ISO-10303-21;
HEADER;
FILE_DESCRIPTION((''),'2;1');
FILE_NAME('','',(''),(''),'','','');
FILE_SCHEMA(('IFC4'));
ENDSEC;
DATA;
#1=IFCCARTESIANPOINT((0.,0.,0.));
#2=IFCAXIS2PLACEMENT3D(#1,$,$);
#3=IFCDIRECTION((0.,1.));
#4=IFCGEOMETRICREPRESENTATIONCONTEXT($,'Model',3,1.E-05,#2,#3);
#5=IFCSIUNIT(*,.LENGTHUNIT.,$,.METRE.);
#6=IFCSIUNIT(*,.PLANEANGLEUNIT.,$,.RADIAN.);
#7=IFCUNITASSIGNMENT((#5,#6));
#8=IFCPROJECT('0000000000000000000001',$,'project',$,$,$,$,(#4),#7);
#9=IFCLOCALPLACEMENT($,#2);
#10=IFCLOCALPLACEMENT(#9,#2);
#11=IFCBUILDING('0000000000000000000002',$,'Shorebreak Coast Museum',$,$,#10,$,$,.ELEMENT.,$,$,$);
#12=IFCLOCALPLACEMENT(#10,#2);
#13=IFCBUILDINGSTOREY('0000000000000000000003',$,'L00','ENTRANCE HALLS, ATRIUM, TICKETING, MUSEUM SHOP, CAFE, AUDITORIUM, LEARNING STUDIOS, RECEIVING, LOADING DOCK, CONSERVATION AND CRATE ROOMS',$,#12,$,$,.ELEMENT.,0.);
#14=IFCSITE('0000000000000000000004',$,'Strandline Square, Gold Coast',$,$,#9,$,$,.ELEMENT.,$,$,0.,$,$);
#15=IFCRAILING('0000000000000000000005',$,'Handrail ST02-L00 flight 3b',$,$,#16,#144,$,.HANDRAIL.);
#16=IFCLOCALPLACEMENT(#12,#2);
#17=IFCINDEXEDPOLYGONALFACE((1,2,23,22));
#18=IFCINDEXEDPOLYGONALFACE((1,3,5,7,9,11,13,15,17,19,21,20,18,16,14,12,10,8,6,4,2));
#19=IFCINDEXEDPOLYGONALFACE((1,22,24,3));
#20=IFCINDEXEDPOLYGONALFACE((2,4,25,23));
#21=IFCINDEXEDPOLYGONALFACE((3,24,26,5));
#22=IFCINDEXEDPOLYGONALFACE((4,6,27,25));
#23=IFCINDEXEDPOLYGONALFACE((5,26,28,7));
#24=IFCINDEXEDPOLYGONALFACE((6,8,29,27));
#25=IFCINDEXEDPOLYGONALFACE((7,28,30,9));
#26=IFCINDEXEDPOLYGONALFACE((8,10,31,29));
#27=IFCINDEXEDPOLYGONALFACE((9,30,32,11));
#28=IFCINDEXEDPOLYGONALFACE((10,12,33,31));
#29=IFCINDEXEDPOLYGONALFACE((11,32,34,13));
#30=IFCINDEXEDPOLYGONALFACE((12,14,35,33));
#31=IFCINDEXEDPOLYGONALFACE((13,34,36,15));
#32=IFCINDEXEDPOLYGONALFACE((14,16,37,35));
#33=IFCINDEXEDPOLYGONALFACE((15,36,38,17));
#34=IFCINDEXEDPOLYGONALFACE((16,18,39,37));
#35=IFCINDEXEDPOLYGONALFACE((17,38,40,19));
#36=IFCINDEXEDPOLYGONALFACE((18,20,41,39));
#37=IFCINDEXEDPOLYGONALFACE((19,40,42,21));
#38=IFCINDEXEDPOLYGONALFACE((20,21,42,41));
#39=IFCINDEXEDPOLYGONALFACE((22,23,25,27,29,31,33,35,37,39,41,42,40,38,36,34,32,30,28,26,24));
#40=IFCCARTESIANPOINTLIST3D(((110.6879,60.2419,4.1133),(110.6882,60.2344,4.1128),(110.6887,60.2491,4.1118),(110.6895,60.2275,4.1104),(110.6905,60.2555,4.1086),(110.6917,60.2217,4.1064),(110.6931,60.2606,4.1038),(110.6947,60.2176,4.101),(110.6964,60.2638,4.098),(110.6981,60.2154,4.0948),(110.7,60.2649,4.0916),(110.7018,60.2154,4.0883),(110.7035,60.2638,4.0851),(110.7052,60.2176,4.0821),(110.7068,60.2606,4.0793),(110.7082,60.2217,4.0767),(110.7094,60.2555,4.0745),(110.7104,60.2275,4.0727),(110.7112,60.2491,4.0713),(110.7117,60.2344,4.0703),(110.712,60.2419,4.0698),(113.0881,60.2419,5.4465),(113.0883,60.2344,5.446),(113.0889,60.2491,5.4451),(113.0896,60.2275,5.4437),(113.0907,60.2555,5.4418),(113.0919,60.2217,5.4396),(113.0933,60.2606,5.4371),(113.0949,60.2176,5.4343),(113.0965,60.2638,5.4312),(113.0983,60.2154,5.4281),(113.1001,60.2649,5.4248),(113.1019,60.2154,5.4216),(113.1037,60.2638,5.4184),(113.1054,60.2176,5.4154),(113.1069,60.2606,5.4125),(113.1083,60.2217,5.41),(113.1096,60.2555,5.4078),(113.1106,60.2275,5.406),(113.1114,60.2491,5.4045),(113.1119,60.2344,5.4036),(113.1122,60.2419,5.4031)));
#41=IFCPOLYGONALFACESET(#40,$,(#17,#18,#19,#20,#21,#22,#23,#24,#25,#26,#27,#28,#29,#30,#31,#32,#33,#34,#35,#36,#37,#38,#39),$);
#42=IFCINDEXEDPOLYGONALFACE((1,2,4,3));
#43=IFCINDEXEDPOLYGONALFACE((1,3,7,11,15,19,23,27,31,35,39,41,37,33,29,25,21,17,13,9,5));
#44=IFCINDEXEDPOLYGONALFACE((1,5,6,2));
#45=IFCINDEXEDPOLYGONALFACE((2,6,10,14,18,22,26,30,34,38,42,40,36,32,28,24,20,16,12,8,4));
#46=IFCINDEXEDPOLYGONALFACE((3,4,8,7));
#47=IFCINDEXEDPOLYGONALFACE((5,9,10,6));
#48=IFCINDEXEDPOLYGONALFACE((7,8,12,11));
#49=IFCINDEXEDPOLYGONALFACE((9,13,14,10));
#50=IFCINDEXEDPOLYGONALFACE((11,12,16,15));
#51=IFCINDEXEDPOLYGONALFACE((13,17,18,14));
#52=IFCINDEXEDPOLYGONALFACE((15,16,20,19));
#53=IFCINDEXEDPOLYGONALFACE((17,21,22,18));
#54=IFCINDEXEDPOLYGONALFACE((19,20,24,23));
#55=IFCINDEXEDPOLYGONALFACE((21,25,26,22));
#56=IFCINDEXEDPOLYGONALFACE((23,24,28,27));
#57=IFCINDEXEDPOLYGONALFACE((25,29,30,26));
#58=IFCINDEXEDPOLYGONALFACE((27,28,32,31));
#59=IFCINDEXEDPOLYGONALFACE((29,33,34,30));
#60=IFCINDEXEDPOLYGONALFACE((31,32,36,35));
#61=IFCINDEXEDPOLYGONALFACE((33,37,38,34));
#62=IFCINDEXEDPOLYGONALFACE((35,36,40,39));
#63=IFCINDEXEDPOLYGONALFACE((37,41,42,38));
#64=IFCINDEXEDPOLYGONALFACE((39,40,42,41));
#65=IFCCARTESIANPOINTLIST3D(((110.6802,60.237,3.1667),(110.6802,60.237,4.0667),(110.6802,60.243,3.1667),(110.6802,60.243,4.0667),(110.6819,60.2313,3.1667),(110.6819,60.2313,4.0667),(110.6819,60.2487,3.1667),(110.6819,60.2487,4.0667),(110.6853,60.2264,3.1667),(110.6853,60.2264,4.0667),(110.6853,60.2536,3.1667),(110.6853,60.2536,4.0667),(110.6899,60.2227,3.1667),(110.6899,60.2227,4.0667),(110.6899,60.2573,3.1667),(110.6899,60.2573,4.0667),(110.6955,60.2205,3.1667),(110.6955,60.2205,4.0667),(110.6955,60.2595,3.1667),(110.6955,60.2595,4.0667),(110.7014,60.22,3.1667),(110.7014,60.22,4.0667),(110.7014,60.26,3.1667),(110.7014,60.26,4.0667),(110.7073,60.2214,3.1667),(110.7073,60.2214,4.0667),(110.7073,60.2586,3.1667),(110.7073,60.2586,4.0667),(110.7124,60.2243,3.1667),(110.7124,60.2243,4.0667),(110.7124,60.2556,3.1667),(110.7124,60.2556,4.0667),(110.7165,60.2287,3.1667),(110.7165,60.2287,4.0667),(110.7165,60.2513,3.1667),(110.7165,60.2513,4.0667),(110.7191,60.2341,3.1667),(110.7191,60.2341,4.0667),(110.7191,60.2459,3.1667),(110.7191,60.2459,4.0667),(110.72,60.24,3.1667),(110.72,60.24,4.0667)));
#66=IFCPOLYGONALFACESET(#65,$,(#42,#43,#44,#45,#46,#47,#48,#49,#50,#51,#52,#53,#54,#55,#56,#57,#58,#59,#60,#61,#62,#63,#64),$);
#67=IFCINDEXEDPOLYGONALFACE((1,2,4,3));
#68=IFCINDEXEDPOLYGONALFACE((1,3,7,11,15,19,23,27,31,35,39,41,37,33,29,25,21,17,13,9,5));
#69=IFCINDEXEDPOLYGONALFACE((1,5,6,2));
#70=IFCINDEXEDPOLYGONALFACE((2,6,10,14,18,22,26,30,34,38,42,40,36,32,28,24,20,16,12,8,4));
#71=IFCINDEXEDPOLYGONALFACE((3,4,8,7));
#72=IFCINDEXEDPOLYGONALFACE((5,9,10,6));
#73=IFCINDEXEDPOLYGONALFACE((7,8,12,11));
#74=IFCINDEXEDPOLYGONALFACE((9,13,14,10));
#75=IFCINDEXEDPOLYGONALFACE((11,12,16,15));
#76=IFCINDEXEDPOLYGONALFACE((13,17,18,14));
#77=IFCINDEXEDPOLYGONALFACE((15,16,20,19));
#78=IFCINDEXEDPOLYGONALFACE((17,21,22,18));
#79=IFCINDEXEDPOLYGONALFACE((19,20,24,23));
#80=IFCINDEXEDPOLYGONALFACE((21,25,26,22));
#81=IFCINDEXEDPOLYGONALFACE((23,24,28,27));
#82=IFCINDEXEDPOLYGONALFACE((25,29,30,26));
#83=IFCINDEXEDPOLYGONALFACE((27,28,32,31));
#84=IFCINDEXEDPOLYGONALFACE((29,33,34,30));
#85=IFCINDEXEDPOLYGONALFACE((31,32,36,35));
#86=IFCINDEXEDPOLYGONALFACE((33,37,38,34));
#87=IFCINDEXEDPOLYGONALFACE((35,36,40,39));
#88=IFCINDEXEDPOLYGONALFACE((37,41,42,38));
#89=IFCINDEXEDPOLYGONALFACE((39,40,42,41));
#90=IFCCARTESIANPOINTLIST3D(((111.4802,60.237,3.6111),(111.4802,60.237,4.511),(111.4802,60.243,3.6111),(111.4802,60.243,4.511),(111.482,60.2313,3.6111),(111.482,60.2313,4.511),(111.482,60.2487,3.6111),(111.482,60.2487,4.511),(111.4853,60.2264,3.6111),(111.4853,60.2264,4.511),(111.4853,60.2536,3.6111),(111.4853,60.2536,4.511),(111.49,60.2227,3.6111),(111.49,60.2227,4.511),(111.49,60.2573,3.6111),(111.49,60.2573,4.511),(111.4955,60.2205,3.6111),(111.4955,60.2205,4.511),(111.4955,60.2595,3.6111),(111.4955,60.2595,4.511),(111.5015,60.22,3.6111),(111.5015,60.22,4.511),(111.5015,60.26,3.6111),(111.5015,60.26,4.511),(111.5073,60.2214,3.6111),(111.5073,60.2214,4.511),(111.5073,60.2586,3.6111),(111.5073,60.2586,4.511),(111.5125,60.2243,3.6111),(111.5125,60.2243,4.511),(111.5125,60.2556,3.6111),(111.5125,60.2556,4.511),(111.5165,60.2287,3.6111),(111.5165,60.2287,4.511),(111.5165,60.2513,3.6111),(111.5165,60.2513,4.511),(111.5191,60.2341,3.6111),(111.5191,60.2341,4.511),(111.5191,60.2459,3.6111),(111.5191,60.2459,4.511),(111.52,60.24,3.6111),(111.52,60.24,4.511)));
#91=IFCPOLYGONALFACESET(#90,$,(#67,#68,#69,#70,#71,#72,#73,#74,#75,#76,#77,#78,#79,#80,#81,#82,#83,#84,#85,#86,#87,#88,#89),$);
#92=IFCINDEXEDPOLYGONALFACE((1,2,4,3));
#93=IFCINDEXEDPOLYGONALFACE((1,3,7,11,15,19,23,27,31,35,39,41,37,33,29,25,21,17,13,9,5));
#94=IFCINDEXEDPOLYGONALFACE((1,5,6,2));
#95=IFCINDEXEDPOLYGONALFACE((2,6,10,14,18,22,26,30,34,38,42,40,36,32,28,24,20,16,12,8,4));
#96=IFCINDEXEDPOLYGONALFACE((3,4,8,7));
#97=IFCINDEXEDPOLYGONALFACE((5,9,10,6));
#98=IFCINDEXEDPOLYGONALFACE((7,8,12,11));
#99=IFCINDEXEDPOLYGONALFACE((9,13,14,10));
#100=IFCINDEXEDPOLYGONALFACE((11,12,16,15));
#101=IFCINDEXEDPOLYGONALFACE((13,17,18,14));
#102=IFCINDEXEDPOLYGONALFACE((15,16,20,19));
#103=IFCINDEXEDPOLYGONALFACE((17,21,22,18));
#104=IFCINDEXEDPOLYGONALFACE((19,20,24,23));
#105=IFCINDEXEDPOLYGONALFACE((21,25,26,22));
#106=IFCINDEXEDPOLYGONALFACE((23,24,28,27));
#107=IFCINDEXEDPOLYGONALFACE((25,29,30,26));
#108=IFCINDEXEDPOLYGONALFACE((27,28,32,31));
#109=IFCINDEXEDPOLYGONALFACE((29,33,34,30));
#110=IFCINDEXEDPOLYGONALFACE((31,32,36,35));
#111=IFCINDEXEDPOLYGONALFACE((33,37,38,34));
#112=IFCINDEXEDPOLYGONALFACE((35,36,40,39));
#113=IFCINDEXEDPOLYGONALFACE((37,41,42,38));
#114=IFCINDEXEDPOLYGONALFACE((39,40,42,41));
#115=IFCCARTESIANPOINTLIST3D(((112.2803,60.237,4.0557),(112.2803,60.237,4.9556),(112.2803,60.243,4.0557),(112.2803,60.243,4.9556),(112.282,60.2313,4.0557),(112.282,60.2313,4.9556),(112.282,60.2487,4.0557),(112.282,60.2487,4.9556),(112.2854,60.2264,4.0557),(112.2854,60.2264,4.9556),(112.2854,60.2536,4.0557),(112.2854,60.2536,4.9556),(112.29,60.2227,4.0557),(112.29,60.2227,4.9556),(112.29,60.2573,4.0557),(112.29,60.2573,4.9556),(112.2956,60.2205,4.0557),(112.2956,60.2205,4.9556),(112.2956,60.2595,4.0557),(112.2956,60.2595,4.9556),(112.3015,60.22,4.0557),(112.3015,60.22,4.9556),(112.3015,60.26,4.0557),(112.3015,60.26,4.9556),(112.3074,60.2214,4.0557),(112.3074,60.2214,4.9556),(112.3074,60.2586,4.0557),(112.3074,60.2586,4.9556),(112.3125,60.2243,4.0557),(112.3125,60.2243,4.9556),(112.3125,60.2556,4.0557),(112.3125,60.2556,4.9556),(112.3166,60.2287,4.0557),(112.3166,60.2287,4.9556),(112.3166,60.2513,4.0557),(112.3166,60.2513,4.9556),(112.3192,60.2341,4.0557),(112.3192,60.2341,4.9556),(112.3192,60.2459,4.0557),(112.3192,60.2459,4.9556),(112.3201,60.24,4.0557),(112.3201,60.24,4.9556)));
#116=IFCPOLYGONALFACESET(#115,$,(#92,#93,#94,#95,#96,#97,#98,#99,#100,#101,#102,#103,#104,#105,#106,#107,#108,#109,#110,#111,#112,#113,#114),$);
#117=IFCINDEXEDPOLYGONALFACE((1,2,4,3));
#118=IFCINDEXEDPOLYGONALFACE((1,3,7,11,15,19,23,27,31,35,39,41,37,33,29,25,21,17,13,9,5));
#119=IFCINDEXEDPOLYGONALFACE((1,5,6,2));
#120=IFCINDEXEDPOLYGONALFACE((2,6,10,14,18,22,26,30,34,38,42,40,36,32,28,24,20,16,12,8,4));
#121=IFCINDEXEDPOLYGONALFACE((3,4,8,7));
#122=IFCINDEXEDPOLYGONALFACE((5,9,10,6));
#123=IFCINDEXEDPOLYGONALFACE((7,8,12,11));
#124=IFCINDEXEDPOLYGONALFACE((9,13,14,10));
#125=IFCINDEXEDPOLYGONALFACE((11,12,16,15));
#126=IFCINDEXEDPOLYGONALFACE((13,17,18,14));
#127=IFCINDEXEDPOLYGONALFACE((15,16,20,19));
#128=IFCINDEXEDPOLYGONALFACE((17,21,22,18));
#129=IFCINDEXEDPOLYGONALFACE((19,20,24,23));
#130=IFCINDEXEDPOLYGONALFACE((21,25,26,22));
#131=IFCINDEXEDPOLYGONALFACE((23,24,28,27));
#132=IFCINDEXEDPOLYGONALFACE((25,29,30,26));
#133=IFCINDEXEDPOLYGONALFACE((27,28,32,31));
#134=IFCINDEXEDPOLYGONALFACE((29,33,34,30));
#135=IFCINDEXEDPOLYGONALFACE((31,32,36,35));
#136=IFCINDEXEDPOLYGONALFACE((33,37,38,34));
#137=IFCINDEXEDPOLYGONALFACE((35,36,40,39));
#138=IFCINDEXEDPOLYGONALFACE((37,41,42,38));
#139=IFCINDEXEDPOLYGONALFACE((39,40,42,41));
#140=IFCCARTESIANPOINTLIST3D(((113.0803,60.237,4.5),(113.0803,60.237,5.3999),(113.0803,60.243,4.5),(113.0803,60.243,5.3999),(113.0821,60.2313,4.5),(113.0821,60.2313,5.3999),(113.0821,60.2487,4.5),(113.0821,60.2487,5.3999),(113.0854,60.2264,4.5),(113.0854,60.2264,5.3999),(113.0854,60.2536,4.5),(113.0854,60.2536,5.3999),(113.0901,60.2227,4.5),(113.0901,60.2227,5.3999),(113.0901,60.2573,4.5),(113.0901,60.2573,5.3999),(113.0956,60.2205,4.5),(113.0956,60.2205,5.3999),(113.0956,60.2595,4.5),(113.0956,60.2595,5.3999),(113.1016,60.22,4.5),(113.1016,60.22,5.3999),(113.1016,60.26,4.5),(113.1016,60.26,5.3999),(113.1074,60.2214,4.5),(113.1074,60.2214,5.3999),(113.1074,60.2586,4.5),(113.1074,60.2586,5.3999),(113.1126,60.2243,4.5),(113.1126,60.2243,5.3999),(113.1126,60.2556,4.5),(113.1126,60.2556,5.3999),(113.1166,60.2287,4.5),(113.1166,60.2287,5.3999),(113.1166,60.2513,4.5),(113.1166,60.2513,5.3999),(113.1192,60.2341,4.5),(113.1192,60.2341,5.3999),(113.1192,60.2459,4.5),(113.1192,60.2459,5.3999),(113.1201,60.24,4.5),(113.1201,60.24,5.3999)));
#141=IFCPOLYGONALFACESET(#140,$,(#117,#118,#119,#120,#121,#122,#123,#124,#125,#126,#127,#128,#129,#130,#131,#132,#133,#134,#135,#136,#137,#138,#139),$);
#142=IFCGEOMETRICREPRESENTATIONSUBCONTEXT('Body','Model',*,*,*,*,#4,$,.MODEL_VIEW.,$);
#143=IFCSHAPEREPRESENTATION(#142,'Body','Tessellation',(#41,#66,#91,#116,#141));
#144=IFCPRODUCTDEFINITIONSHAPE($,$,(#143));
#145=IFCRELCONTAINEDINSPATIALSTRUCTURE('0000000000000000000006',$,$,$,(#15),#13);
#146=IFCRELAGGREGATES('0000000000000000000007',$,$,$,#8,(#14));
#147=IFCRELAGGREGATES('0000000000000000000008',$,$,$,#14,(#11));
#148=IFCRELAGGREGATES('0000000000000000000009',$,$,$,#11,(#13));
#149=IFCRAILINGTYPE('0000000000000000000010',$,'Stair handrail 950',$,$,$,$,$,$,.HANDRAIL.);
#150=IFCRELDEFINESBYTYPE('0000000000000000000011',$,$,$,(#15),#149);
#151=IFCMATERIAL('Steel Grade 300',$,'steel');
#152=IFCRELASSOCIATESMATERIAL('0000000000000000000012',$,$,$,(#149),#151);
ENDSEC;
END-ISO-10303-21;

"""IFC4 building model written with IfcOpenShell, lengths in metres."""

from ifc_helpers import new_model, si_unit, direction, frame, origin, origin_2d, place, context, subcontext, project, spatial, circle, extrude, material, type_object, element, save


model = new_model("IFC4")

# Units and contexts
model_context = context("Model", 3, precision=1e-05, world=origin(), true_north=direction((0.0, 1.0)))
body_context = subcontext(model_context, "Body", "Model", "MODEL_VIEW")
ifc_project = project(units=[si_unit("LENGTHUNIT", "METRE"), si_unit("PLANEANGLEUNIT", "RADIAN")], contexts=[model_context])

# Site, building, storey
site_placement = place(None, origin())
site = spatial("IfcSite", under=ifc_project, at=site_placement, Name="Strandline Square, Gold Coast", CompositionType="ELEMENT", RefElevation=0.0)
building_placement = place(site_placement, origin())
building = spatial("IfcBuilding", under=site, at=building_placement, Name="Shorebreak Coast Museum", CompositionType="ELEMENT")
storey_placement = place(building_placement, origin())
storey = spatial("IfcBuildingStorey", under=building, at=storey_placement, Name="L00", Description="ENTRANCE HALLS, ATRIUM, TICKETING, MUSEUM SHOP, CAFE, AUDITORIUM, LEARNING STUDIOS, RECEIVING, LOADING DOCK, CONSERVATION AND CRATE ROOMS", CompositionType="ELEMENT", Elevation=0.0)

# Railing
ifc_material_1 = material(Name="Steel Grade 300", Category="steel")
railing_type_1 = type_object("IfcRailingType", Name="Stair handrail 950", PredefinedType="HANDRAIL", material=ifc_material_1)
for number, where, name in (
    (1, (110.7, 60.24, 3.1667), "Handrail ST02-L00 flight 3b"),
):
    element("IfcRailing", number, at=place(storey_placement, frame(where)), inside=storey, type_object=railing_type_1, Name=name, PredefinedType="HANDRAIL", context=body_context, shape_type="SweptSolid", body=[
        extrude(circle(Radius=0.0249, at=origin_2d()), frame((0.0, 0.0, 0.9248), z_axis=(0.874182, 0.0, 0.485598), x_axis=(0.0, 1.0, 0.0)), (0.0, 0.0, 1.0), 2.7456),
        extrude(circle(Radius=0.02, at=origin_2d()), origin(), (0.0, 0.0, 1.0), 0.8999),
        extrude(circle(Radius=0.02, at=origin_2d()), frame((0.8, 0.0, 0.4443)), (0.0, 0.0, 1.0), 0.8999),
        extrude(circle(Radius=0.02, at=origin_2d()), frame((1.6001, 0.0, 0.8889)), (0.0, 0.0, 1.0), 0.8999),
        extrude(circle(Radius=0.02, at=origin_2d()), frame((2.4001, 0.0, 1.3333)), (0.0, 0.0, 1.0), 0.8999),
    ])

save(model, "model.ifc")
